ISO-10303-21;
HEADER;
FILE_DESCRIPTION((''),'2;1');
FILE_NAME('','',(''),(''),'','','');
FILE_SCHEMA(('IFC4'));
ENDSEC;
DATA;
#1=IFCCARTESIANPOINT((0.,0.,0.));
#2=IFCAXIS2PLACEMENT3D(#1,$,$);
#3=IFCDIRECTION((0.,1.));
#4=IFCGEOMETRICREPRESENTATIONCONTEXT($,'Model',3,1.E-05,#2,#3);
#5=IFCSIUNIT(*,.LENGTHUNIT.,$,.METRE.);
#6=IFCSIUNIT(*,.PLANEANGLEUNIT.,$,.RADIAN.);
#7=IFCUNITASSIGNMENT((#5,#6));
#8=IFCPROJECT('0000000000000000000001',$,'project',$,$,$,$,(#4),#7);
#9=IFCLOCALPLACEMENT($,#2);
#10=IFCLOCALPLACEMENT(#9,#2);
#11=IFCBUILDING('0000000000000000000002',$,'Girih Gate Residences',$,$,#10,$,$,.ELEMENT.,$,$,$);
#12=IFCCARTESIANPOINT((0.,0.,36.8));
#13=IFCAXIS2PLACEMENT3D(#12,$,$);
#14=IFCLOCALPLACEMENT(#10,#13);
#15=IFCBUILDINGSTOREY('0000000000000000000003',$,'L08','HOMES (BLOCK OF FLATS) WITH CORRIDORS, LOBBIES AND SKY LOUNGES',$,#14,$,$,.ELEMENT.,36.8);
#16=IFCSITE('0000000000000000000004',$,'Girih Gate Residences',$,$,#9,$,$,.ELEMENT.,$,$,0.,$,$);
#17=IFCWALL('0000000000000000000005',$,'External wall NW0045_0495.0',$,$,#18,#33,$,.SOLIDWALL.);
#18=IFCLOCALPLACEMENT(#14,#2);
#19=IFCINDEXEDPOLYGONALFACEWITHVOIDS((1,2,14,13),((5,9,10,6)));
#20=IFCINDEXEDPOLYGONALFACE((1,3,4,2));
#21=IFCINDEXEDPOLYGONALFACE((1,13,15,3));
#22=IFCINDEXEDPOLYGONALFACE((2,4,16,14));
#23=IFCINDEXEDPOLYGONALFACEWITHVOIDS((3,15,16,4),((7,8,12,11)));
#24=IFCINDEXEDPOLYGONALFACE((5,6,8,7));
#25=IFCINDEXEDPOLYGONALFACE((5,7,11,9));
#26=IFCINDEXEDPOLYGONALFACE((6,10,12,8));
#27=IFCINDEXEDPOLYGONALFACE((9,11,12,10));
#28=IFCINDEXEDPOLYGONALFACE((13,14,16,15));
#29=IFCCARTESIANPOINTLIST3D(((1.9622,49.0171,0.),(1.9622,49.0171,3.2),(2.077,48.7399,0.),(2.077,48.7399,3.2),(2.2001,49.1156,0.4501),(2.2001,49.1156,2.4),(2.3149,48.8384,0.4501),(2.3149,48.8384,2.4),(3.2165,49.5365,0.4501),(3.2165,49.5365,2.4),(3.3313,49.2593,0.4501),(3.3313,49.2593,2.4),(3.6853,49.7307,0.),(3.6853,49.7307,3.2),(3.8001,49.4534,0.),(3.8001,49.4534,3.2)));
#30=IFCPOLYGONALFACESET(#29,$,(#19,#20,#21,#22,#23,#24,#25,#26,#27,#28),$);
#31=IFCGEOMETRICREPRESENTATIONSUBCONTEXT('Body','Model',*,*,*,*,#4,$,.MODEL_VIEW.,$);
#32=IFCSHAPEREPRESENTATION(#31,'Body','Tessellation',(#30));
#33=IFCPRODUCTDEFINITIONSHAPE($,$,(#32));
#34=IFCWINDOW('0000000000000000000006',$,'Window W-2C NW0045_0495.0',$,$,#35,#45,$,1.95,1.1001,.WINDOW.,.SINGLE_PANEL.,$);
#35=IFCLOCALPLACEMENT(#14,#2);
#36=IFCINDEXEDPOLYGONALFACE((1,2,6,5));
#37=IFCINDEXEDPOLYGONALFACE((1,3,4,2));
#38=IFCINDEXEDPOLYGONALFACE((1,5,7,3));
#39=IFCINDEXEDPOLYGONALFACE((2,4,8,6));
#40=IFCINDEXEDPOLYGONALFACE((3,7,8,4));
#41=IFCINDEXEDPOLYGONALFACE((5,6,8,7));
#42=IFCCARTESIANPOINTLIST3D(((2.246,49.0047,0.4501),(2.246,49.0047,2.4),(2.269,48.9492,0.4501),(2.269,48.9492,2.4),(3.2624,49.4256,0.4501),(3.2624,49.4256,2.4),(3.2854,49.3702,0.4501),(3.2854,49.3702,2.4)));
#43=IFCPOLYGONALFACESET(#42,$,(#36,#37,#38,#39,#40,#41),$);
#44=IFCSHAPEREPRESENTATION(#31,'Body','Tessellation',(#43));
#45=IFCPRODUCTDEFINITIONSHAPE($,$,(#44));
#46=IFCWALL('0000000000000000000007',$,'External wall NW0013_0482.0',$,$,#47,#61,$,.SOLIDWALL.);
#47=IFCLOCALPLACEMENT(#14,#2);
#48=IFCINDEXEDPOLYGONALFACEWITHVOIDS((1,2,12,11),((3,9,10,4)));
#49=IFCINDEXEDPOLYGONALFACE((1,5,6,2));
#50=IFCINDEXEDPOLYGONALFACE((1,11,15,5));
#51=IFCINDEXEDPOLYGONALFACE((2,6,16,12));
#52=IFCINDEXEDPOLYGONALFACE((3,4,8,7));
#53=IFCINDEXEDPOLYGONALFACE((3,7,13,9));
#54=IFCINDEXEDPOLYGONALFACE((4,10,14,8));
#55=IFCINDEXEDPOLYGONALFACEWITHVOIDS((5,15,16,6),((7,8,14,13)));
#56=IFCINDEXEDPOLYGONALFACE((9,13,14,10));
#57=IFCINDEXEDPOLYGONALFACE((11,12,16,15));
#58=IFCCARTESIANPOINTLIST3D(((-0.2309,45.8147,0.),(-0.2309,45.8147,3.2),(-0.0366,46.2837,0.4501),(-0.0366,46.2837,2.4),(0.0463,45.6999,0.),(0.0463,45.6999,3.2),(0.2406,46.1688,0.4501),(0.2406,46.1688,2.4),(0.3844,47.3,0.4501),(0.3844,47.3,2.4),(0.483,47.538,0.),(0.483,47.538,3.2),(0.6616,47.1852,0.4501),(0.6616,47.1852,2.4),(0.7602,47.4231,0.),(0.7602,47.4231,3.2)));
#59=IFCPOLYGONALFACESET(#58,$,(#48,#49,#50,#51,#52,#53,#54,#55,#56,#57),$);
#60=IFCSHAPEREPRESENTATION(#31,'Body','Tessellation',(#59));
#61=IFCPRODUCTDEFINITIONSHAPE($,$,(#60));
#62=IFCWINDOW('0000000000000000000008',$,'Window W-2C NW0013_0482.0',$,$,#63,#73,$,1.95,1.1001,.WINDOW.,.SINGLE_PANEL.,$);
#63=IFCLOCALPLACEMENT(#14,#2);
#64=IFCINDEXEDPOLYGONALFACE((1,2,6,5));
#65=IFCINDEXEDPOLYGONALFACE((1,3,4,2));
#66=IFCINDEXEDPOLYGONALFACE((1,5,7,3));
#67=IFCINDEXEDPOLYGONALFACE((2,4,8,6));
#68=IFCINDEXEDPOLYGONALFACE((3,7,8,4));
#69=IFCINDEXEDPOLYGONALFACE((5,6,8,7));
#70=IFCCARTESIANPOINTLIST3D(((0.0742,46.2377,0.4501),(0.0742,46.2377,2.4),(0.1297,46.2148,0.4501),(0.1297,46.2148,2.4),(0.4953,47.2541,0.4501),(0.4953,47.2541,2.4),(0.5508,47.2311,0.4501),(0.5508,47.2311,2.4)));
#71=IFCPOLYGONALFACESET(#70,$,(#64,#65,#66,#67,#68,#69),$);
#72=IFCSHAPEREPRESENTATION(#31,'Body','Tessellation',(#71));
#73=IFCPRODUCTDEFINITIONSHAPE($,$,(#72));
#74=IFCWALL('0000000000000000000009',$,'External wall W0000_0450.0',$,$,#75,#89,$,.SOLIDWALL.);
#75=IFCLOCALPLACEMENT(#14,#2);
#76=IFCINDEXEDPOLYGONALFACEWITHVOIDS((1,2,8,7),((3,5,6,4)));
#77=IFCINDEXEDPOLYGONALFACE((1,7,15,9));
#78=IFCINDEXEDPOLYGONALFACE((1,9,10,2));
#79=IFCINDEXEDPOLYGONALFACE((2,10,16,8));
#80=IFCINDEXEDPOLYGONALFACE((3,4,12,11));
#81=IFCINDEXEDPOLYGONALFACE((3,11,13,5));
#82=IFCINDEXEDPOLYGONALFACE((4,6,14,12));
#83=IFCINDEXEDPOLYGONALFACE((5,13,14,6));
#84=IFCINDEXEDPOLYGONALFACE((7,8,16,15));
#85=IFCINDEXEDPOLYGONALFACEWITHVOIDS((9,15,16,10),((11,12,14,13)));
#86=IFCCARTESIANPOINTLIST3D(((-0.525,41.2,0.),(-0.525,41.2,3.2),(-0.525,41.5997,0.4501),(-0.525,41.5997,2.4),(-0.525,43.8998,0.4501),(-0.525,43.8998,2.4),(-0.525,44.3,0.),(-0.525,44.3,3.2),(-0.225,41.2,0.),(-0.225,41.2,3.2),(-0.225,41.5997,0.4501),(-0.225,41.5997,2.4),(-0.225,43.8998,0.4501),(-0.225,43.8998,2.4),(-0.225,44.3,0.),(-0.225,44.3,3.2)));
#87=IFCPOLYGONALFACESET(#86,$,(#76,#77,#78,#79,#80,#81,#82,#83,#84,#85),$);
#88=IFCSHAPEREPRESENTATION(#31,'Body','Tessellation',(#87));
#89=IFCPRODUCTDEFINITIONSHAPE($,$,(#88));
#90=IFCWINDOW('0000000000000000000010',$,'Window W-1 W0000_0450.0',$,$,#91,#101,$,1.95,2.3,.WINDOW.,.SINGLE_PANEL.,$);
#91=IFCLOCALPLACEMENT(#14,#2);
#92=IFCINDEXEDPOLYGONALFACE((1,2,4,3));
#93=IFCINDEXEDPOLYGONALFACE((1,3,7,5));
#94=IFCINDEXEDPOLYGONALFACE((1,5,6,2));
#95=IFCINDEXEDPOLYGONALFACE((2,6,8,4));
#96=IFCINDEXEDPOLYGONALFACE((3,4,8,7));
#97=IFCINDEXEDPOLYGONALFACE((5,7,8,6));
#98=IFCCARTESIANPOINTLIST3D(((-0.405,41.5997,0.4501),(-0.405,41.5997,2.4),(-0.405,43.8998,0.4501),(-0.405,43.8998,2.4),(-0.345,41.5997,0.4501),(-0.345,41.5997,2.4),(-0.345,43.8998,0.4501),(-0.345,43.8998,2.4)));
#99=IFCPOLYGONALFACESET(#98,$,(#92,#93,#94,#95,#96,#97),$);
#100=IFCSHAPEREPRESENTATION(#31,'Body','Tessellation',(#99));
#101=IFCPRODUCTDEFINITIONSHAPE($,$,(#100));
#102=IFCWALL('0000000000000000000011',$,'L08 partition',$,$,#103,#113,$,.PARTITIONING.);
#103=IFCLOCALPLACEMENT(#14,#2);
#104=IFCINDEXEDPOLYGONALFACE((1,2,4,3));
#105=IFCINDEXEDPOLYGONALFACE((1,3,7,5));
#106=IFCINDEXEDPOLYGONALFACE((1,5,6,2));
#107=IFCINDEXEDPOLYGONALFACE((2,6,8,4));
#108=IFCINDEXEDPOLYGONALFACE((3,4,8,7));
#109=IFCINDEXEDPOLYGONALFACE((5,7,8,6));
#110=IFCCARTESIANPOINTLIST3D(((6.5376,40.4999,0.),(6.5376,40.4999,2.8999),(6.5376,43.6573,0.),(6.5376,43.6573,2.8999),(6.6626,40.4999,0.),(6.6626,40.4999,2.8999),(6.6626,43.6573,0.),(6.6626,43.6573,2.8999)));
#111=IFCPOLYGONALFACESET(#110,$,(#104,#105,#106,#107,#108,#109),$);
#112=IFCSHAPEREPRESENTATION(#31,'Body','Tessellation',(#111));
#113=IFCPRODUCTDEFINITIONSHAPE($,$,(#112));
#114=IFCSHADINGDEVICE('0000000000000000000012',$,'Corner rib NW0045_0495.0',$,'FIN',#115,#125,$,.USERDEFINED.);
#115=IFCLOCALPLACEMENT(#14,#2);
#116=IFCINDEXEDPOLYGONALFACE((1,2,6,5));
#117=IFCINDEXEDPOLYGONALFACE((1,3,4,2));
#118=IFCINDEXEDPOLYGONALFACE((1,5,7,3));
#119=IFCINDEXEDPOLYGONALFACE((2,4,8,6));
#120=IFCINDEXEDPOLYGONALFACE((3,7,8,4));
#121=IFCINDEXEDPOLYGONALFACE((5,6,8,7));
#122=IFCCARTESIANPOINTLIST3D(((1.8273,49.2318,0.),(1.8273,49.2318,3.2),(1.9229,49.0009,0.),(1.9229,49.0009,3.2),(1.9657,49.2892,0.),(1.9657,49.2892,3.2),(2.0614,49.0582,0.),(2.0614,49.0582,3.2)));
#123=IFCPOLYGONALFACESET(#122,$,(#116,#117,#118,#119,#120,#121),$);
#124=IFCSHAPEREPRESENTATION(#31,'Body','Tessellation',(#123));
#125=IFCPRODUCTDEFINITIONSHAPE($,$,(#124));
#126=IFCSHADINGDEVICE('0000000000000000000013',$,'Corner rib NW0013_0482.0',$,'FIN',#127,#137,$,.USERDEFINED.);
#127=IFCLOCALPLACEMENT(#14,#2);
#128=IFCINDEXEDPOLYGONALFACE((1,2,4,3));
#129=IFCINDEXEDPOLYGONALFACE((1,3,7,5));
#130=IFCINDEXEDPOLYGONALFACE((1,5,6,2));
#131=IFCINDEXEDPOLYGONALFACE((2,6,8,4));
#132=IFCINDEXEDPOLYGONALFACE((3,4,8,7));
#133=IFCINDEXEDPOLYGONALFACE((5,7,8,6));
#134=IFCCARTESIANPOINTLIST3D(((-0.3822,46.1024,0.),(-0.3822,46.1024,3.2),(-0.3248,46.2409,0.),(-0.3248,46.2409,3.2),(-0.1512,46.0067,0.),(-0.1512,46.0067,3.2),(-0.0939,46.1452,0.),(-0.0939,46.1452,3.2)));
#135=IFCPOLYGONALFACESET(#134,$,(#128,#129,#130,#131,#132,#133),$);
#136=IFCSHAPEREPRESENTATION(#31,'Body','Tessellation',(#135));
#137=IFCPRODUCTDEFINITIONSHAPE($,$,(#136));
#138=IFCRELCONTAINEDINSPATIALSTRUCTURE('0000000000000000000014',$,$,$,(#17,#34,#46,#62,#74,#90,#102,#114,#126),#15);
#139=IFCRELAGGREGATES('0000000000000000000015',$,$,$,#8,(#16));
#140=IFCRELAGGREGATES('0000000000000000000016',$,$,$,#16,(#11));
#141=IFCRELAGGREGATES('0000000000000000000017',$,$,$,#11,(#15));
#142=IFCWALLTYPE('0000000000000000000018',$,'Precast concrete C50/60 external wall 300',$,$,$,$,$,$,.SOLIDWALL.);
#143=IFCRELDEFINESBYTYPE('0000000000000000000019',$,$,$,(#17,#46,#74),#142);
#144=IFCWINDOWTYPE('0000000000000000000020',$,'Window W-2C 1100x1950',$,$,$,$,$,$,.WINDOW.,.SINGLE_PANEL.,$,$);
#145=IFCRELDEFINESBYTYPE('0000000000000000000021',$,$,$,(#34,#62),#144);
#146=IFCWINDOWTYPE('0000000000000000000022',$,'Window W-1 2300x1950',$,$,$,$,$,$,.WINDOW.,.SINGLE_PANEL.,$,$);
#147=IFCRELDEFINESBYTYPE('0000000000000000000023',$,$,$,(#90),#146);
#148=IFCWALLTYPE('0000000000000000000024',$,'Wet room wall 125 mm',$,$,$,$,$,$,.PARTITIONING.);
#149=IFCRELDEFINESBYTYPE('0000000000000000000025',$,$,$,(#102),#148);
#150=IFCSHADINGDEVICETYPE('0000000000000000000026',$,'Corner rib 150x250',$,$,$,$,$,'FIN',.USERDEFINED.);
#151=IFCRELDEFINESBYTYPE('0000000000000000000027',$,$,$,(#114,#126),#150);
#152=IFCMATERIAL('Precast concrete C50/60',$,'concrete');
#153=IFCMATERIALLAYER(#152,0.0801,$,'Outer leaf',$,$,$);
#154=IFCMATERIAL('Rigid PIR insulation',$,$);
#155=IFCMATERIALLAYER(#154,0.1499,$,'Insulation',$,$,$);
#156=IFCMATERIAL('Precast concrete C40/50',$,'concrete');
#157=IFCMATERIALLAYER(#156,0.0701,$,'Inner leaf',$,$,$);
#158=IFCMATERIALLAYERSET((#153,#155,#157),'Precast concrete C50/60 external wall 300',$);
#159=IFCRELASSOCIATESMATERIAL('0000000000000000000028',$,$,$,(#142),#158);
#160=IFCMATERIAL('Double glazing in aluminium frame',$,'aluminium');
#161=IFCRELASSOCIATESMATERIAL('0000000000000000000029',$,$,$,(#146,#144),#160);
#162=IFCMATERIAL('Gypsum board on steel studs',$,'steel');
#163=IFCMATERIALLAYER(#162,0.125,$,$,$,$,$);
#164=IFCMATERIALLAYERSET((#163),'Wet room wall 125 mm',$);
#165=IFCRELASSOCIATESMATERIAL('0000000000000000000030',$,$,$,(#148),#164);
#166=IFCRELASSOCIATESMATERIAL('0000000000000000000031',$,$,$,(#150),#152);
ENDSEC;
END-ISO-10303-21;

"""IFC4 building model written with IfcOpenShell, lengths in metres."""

from ifc_helpers import new_model, si_unit, direction, frame, frame_2d, origin, origin_2d, place, context, subcontext, project, spatial, rectangle, extrude, material, layer, layer_set, type_object, element, fill, save


model = new_model("IFC4")

# Units and contexts
model_context = context("Model", 3, precision=1e-05, world=origin(), true_north=direction((0.0, 1.0)))
body_context = subcontext(model_context, "Body", "Model", "MODEL_VIEW")
ifc_project = project(units=[si_unit("LENGTHUNIT", "METRE"), si_unit("PLANEANGLEUNIT", "RADIAN")], contexts=[model_context])

# Site, building, storey
site_placement = place(None, origin())
site = spatial("IfcSite", under=ifc_project, at=site_placement, Name="Girih Gate Residences", CompositionType="ELEMENT", RefElevation=0.0)
building_placement = place(site_placement, origin())
building = spatial("IfcBuilding", under=site, at=building_placement, Name="Girih Gate Residences", CompositionType="ELEMENT")
storey_placement = place(building_placement, frame((0.0, 0.0, 36.8)))
storey = spatial("IfcBuildingStorey", under=building, at=storey_placement, Name="L08", Description="HOMES (BLOCK OF FLATS) WITH CORRIDORS, LOBBIES AND SKY LOUNGES", CompositionType="ELEMENT", Elevation=36.8)

# Shared definitions
ifc_material_1 = material(Name="Gypsum board on steel studs", Category="steel")

# Walls, openings, windows
ifc_material_2 = material(Name="Precast concrete C50/60", Category="concrete")
ifc_layer_1 = layer(ifc_material_2, 0.0801, Name="Outer leaf")
ifc_material_3 = material(Name="Rigid PIR insulation")
ifc_layer_2 = layer(ifc_material_3, 0.1499, Name="Insulation")
ifc_material_4 = material(Name="Precast concrete C40/50", Category="concrete")
ifc_layer_3 = layer(ifc_material_4, 0.0701, Name="Inner leaf")
ifc_layer_set_1 = layer_set([ifc_layer_1, ifc_layer_2, ifc_layer_3], Name="Precast concrete C50/60 external wall 300")
wall_type_1 = type_object("IfcWallType", Name="Precast concrete C50/60 external wall 300", PredefinedType="SOLIDWALL", material=ifc_layer_set_1)
ifc_material_5 = material(Name="Double glazing in aluminium frame", Category="aluminium")
window_type_1 = type_object("IfcWindowType", Name="Window W-1 2300x1950", PartitioningType="SINGLE_PANEL", PredefinedType="WINDOW", material=ifc_material_5)
wall_1_placement = place(storey_placement, frame((2.0195, 48.8784, 0.0), z_axis=(0.0, 0.0, 1.0), x_axis=(0.923904, 0.382625, 0.0)))
wall_1 = element("IfcWall", 1, at=wall_1_placement, inside=storey, type_object=wall_type_1, Name="External wall NW0045_0495.0", PredefinedType="SOLIDWALL", context=body_context, shape_type="SweptSolid", body=[
    extrude(rectangle(XDim=1.865, YDim=0.3, at=frame_2d((0.9326, 0.0))), origin(), (0.0, 0.0, 1.0), 3.2),
])
opening_1_placement = place(wall_1_placement, frame((0.2576, 0.0, 0.45)))
opening_1 = element("IfcOpeningElement", 2, at=opening_1_placement, cuts=wall_1, PredefinedType="OPENING", context=body_context, shape_type="SweptSolid", body=[
    extrude(rectangle(XDim=1.1001, YDim=1.95, at=frame_2d((0.55, 0.9751))), frame((0.0, 0.1599, 0.0), z_axis=(0.0, -1.0, 0.0), x_axis=(1.0, 0.0, 0.0)), (0.0, 0.0, 1.0), 0.3201),
])
window_type_2 = type_object("IfcWindowType", Name="Window W-2C 1100x1950", PartitioningType="SINGLE_PANEL", PredefinedType="WINDOW", material=ifc_material_5)
window_1_placement = place(opening_1_placement, origin())
window_1 = element("IfcWindow", 3, at=window_1_placement, inside=storey, type_object=window_type_2, Name="Window W-2C NW0045_0495.0", OverallHeight=1.95, OverallWidth=1.1001, PartitioningType="SINGLE_PANEL", PredefinedType="WINDOW", context=body_context, shape_type="SweptSolid", body=[
    extrude(rectangle(XDim=1.1001, YDim=1.95, at=frame_2d((0.55, 0.9751))), frame((0.0, 0.03, 0.0), z_axis=(0.0, -1.0, 0.0), x_axis=(1.0, 0.0, 0.0)), (0.0, 0.0, 1.0), 0.0601),
])
fill(opening_1, window_1)
wall_2_placement = place(storey_placement, frame((-0.0923, 45.7573, 0.0), z_axis=(0.0, 0.0, 1.0), x_axis=(0.382737, 0.923857, 0.0)))
wall_2 = element("IfcWall", 4, at=wall_2_placement, inside=storey, type_object=wall_type_1, Name="External wall NW0013_0482.0", PredefinedType="SOLIDWALL", context=body_context, shape_type="SweptSolid", body=[
    extrude(rectangle(XDim=1.8652, YDim=0.3, at=frame_2d((0.9326, 0.0))), origin(), (0.0, 0.0, 1.0), 3.2),
])
opening_2_placement = place(wall_2_placement, frame((0.5076, 0.0, 0.45)))
opening_2 = element("IfcOpeningElement", 5, at=opening_2_placement, cuts=wall_2, PredefinedType="OPENING", context=body_context, shape_type="SweptSolid", body=[
    extrude(rectangle(XDim=1.1001, YDim=1.95, at=frame_2d((0.55, 0.9751))), frame((0.0, 0.1599, 0.0), z_axis=(0.0, -1.0, 0.0), x_axis=(1.0, 0.0, 0.0)), (0.0, 0.0, 1.0), 0.3201),
])
window_2_placement = place(opening_2_placement, origin())
window_2 = element("IfcWindow", 6, at=window_2_placement, inside=storey, type_object=window_type_2, Name="Window W-2C NW0013_0482.0", OverallHeight=1.95, OverallWidth=1.1001, PartitioningType="SINGLE_PANEL", PredefinedType="WINDOW", context=body_context, shape_type="SweptSolid", body=[
    extrude(rectangle(XDim=1.1001, YDim=1.95, at=frame_2d((0.55, 0.9751))), frame((0.0, 0.03, 0.0), z_axis=(0.0, -1.0, 0.0), x_axis=(1.0, 0.0, 0.0)), (0.0, 0.0, 1.0), 0.0601),
])
fill(opening_2, window_2)
wall_3_placement = place(storey_placement, frame((-0.375, 41.2, 0.0), z_axis=(0.0, 0.0, 1.0), x_axis=(0.0, 1.0, 0.0)))
wall_3 = element("IfcWall", 7, at=wall_3_placement, inside=storey, type_object=wall_type_1, Name="External wall W0000_0450.0", PredefinedType="SOLIDWALL", context=body_context, shape_type="SweptSolid", body=[
    extrude(rectangle(XDim=3.1001, YDim=0.3, at=frame_2d((1.55, 0.0))), origin(), (0.0, 0.0, 1.0), 3.2),
])
opening_3_placement = place(wall_3_placement, frame((0.3999, 0.0, 0.45)))
opening_3 = element("IfcOpeningElement", 8, at=opening_3_placement, cuts=wall_3, PredefinedType="OPENING", context=body_context, shape_type="SweptSolid", body=[
    extrude(rectangle(XDim=2.3, YDim=1.95, at=frame_2d((1.1499, 0.9751))), frame((0.0, 0.1599, 0.0), z_axis=(0.0, -1.0, 0.0), x_axis=(1.0, 0.0, 0.0)), (0.0, 0.0, 1.0), 0.3201),
])
window_3_placement = place(opening_3_placement, origin())
window_3 = element("IfcWindow", 9, at=window_3_placement, inside=storey, type_object=window_type_1, Name="Window W-1 W0000_0450.0", OverallHeight=1.95, OverallWidth=2.3, PartitioningType="SINGLE_PANEL", PredefinedType="WINDOW", context=body_context, shape_type="SweptSolid", body=[
    extrude(rectangle(XDim=2.3, YDim=1.95, at=frame_2d((1.1499, 0.9751))), frame((0.0, 0.03, 0.0), z_axis=(0.0, -1.0, 0.0), x_axis=(1.0, 0.0, 0.0)), (0.0, 0.0, 1.0), 0.0601),
])
fill(opening_3, window_3)

# Wall
ifc_layer_4 = layer(ifc_material_1, 0.125)
ifc_layer_set_2 = layer_set([ifc_layer_4], Name="Wet room wall 125 mm")
wall_type_2 = type_object("IfcWallType", Name="Wet room wall 125 mm", PredefinedType="PARTITIONING", material=ifc_layer_set_2)
wall_4_placement = place(storey_placement, frame((6.6001, 40.5, 0.0), z_axis=(0.0, 0.0, 1.0), x_axis=(0.0, 1.0, 0.0)))
element("IfcWall", 10, at=wall_4_placement, inside=storey, type_object=wall_type_2, Name="L08 partition", PredefinedType="PARTITIONING", context=body_context, shape_type="SweptSolid", body=[
    extrude(rectangle(XDim=3.1575, YDim=0.125, at=frame_2d((1.5786, 0.0))), origin(), (0.0, 0.0, 1.0), 2.8999),
])

# Shading devices
shading_device_type = type_object("IfcShadingDeviceType", Name="Corner rib 150x250", ElementType="FIN", PredefinedType="USERDEFINED", material=ifc_material_2)
for number, where, z_axis, x_axis, name in (
    (11, (1.9443, 49.145, 0.0), (0.0, 0.0, 1.0), (-0.92388, -0.382683, 0.0), "Corner rib NW0045_0495.0"),
    (12, (-0.238, 46.1238, 0.0), (0.0, 0.0, 1.0), (-0.382683, -0.92388, 0.0), "Corner rib NW0013_0482.0"),
):
    element("IfcShadingDevice", number, at=place(storey_placement, frame(where, z_axis=z_axis, x_axis=x_axis)), inside=storey, type_object=shading_device_type, Name=name, ObjectType="FIN", PredefinedType="USERDEFINED", context=body_context, shape_type="SweptSolid", body=[
        extrude(rectangle(XDim=0.1499, YDim=0.25, at=origin_2d()), origin(), (0.0, 0.0, 1.0), 3.2),
    ])

save(model, "model.ifc")
